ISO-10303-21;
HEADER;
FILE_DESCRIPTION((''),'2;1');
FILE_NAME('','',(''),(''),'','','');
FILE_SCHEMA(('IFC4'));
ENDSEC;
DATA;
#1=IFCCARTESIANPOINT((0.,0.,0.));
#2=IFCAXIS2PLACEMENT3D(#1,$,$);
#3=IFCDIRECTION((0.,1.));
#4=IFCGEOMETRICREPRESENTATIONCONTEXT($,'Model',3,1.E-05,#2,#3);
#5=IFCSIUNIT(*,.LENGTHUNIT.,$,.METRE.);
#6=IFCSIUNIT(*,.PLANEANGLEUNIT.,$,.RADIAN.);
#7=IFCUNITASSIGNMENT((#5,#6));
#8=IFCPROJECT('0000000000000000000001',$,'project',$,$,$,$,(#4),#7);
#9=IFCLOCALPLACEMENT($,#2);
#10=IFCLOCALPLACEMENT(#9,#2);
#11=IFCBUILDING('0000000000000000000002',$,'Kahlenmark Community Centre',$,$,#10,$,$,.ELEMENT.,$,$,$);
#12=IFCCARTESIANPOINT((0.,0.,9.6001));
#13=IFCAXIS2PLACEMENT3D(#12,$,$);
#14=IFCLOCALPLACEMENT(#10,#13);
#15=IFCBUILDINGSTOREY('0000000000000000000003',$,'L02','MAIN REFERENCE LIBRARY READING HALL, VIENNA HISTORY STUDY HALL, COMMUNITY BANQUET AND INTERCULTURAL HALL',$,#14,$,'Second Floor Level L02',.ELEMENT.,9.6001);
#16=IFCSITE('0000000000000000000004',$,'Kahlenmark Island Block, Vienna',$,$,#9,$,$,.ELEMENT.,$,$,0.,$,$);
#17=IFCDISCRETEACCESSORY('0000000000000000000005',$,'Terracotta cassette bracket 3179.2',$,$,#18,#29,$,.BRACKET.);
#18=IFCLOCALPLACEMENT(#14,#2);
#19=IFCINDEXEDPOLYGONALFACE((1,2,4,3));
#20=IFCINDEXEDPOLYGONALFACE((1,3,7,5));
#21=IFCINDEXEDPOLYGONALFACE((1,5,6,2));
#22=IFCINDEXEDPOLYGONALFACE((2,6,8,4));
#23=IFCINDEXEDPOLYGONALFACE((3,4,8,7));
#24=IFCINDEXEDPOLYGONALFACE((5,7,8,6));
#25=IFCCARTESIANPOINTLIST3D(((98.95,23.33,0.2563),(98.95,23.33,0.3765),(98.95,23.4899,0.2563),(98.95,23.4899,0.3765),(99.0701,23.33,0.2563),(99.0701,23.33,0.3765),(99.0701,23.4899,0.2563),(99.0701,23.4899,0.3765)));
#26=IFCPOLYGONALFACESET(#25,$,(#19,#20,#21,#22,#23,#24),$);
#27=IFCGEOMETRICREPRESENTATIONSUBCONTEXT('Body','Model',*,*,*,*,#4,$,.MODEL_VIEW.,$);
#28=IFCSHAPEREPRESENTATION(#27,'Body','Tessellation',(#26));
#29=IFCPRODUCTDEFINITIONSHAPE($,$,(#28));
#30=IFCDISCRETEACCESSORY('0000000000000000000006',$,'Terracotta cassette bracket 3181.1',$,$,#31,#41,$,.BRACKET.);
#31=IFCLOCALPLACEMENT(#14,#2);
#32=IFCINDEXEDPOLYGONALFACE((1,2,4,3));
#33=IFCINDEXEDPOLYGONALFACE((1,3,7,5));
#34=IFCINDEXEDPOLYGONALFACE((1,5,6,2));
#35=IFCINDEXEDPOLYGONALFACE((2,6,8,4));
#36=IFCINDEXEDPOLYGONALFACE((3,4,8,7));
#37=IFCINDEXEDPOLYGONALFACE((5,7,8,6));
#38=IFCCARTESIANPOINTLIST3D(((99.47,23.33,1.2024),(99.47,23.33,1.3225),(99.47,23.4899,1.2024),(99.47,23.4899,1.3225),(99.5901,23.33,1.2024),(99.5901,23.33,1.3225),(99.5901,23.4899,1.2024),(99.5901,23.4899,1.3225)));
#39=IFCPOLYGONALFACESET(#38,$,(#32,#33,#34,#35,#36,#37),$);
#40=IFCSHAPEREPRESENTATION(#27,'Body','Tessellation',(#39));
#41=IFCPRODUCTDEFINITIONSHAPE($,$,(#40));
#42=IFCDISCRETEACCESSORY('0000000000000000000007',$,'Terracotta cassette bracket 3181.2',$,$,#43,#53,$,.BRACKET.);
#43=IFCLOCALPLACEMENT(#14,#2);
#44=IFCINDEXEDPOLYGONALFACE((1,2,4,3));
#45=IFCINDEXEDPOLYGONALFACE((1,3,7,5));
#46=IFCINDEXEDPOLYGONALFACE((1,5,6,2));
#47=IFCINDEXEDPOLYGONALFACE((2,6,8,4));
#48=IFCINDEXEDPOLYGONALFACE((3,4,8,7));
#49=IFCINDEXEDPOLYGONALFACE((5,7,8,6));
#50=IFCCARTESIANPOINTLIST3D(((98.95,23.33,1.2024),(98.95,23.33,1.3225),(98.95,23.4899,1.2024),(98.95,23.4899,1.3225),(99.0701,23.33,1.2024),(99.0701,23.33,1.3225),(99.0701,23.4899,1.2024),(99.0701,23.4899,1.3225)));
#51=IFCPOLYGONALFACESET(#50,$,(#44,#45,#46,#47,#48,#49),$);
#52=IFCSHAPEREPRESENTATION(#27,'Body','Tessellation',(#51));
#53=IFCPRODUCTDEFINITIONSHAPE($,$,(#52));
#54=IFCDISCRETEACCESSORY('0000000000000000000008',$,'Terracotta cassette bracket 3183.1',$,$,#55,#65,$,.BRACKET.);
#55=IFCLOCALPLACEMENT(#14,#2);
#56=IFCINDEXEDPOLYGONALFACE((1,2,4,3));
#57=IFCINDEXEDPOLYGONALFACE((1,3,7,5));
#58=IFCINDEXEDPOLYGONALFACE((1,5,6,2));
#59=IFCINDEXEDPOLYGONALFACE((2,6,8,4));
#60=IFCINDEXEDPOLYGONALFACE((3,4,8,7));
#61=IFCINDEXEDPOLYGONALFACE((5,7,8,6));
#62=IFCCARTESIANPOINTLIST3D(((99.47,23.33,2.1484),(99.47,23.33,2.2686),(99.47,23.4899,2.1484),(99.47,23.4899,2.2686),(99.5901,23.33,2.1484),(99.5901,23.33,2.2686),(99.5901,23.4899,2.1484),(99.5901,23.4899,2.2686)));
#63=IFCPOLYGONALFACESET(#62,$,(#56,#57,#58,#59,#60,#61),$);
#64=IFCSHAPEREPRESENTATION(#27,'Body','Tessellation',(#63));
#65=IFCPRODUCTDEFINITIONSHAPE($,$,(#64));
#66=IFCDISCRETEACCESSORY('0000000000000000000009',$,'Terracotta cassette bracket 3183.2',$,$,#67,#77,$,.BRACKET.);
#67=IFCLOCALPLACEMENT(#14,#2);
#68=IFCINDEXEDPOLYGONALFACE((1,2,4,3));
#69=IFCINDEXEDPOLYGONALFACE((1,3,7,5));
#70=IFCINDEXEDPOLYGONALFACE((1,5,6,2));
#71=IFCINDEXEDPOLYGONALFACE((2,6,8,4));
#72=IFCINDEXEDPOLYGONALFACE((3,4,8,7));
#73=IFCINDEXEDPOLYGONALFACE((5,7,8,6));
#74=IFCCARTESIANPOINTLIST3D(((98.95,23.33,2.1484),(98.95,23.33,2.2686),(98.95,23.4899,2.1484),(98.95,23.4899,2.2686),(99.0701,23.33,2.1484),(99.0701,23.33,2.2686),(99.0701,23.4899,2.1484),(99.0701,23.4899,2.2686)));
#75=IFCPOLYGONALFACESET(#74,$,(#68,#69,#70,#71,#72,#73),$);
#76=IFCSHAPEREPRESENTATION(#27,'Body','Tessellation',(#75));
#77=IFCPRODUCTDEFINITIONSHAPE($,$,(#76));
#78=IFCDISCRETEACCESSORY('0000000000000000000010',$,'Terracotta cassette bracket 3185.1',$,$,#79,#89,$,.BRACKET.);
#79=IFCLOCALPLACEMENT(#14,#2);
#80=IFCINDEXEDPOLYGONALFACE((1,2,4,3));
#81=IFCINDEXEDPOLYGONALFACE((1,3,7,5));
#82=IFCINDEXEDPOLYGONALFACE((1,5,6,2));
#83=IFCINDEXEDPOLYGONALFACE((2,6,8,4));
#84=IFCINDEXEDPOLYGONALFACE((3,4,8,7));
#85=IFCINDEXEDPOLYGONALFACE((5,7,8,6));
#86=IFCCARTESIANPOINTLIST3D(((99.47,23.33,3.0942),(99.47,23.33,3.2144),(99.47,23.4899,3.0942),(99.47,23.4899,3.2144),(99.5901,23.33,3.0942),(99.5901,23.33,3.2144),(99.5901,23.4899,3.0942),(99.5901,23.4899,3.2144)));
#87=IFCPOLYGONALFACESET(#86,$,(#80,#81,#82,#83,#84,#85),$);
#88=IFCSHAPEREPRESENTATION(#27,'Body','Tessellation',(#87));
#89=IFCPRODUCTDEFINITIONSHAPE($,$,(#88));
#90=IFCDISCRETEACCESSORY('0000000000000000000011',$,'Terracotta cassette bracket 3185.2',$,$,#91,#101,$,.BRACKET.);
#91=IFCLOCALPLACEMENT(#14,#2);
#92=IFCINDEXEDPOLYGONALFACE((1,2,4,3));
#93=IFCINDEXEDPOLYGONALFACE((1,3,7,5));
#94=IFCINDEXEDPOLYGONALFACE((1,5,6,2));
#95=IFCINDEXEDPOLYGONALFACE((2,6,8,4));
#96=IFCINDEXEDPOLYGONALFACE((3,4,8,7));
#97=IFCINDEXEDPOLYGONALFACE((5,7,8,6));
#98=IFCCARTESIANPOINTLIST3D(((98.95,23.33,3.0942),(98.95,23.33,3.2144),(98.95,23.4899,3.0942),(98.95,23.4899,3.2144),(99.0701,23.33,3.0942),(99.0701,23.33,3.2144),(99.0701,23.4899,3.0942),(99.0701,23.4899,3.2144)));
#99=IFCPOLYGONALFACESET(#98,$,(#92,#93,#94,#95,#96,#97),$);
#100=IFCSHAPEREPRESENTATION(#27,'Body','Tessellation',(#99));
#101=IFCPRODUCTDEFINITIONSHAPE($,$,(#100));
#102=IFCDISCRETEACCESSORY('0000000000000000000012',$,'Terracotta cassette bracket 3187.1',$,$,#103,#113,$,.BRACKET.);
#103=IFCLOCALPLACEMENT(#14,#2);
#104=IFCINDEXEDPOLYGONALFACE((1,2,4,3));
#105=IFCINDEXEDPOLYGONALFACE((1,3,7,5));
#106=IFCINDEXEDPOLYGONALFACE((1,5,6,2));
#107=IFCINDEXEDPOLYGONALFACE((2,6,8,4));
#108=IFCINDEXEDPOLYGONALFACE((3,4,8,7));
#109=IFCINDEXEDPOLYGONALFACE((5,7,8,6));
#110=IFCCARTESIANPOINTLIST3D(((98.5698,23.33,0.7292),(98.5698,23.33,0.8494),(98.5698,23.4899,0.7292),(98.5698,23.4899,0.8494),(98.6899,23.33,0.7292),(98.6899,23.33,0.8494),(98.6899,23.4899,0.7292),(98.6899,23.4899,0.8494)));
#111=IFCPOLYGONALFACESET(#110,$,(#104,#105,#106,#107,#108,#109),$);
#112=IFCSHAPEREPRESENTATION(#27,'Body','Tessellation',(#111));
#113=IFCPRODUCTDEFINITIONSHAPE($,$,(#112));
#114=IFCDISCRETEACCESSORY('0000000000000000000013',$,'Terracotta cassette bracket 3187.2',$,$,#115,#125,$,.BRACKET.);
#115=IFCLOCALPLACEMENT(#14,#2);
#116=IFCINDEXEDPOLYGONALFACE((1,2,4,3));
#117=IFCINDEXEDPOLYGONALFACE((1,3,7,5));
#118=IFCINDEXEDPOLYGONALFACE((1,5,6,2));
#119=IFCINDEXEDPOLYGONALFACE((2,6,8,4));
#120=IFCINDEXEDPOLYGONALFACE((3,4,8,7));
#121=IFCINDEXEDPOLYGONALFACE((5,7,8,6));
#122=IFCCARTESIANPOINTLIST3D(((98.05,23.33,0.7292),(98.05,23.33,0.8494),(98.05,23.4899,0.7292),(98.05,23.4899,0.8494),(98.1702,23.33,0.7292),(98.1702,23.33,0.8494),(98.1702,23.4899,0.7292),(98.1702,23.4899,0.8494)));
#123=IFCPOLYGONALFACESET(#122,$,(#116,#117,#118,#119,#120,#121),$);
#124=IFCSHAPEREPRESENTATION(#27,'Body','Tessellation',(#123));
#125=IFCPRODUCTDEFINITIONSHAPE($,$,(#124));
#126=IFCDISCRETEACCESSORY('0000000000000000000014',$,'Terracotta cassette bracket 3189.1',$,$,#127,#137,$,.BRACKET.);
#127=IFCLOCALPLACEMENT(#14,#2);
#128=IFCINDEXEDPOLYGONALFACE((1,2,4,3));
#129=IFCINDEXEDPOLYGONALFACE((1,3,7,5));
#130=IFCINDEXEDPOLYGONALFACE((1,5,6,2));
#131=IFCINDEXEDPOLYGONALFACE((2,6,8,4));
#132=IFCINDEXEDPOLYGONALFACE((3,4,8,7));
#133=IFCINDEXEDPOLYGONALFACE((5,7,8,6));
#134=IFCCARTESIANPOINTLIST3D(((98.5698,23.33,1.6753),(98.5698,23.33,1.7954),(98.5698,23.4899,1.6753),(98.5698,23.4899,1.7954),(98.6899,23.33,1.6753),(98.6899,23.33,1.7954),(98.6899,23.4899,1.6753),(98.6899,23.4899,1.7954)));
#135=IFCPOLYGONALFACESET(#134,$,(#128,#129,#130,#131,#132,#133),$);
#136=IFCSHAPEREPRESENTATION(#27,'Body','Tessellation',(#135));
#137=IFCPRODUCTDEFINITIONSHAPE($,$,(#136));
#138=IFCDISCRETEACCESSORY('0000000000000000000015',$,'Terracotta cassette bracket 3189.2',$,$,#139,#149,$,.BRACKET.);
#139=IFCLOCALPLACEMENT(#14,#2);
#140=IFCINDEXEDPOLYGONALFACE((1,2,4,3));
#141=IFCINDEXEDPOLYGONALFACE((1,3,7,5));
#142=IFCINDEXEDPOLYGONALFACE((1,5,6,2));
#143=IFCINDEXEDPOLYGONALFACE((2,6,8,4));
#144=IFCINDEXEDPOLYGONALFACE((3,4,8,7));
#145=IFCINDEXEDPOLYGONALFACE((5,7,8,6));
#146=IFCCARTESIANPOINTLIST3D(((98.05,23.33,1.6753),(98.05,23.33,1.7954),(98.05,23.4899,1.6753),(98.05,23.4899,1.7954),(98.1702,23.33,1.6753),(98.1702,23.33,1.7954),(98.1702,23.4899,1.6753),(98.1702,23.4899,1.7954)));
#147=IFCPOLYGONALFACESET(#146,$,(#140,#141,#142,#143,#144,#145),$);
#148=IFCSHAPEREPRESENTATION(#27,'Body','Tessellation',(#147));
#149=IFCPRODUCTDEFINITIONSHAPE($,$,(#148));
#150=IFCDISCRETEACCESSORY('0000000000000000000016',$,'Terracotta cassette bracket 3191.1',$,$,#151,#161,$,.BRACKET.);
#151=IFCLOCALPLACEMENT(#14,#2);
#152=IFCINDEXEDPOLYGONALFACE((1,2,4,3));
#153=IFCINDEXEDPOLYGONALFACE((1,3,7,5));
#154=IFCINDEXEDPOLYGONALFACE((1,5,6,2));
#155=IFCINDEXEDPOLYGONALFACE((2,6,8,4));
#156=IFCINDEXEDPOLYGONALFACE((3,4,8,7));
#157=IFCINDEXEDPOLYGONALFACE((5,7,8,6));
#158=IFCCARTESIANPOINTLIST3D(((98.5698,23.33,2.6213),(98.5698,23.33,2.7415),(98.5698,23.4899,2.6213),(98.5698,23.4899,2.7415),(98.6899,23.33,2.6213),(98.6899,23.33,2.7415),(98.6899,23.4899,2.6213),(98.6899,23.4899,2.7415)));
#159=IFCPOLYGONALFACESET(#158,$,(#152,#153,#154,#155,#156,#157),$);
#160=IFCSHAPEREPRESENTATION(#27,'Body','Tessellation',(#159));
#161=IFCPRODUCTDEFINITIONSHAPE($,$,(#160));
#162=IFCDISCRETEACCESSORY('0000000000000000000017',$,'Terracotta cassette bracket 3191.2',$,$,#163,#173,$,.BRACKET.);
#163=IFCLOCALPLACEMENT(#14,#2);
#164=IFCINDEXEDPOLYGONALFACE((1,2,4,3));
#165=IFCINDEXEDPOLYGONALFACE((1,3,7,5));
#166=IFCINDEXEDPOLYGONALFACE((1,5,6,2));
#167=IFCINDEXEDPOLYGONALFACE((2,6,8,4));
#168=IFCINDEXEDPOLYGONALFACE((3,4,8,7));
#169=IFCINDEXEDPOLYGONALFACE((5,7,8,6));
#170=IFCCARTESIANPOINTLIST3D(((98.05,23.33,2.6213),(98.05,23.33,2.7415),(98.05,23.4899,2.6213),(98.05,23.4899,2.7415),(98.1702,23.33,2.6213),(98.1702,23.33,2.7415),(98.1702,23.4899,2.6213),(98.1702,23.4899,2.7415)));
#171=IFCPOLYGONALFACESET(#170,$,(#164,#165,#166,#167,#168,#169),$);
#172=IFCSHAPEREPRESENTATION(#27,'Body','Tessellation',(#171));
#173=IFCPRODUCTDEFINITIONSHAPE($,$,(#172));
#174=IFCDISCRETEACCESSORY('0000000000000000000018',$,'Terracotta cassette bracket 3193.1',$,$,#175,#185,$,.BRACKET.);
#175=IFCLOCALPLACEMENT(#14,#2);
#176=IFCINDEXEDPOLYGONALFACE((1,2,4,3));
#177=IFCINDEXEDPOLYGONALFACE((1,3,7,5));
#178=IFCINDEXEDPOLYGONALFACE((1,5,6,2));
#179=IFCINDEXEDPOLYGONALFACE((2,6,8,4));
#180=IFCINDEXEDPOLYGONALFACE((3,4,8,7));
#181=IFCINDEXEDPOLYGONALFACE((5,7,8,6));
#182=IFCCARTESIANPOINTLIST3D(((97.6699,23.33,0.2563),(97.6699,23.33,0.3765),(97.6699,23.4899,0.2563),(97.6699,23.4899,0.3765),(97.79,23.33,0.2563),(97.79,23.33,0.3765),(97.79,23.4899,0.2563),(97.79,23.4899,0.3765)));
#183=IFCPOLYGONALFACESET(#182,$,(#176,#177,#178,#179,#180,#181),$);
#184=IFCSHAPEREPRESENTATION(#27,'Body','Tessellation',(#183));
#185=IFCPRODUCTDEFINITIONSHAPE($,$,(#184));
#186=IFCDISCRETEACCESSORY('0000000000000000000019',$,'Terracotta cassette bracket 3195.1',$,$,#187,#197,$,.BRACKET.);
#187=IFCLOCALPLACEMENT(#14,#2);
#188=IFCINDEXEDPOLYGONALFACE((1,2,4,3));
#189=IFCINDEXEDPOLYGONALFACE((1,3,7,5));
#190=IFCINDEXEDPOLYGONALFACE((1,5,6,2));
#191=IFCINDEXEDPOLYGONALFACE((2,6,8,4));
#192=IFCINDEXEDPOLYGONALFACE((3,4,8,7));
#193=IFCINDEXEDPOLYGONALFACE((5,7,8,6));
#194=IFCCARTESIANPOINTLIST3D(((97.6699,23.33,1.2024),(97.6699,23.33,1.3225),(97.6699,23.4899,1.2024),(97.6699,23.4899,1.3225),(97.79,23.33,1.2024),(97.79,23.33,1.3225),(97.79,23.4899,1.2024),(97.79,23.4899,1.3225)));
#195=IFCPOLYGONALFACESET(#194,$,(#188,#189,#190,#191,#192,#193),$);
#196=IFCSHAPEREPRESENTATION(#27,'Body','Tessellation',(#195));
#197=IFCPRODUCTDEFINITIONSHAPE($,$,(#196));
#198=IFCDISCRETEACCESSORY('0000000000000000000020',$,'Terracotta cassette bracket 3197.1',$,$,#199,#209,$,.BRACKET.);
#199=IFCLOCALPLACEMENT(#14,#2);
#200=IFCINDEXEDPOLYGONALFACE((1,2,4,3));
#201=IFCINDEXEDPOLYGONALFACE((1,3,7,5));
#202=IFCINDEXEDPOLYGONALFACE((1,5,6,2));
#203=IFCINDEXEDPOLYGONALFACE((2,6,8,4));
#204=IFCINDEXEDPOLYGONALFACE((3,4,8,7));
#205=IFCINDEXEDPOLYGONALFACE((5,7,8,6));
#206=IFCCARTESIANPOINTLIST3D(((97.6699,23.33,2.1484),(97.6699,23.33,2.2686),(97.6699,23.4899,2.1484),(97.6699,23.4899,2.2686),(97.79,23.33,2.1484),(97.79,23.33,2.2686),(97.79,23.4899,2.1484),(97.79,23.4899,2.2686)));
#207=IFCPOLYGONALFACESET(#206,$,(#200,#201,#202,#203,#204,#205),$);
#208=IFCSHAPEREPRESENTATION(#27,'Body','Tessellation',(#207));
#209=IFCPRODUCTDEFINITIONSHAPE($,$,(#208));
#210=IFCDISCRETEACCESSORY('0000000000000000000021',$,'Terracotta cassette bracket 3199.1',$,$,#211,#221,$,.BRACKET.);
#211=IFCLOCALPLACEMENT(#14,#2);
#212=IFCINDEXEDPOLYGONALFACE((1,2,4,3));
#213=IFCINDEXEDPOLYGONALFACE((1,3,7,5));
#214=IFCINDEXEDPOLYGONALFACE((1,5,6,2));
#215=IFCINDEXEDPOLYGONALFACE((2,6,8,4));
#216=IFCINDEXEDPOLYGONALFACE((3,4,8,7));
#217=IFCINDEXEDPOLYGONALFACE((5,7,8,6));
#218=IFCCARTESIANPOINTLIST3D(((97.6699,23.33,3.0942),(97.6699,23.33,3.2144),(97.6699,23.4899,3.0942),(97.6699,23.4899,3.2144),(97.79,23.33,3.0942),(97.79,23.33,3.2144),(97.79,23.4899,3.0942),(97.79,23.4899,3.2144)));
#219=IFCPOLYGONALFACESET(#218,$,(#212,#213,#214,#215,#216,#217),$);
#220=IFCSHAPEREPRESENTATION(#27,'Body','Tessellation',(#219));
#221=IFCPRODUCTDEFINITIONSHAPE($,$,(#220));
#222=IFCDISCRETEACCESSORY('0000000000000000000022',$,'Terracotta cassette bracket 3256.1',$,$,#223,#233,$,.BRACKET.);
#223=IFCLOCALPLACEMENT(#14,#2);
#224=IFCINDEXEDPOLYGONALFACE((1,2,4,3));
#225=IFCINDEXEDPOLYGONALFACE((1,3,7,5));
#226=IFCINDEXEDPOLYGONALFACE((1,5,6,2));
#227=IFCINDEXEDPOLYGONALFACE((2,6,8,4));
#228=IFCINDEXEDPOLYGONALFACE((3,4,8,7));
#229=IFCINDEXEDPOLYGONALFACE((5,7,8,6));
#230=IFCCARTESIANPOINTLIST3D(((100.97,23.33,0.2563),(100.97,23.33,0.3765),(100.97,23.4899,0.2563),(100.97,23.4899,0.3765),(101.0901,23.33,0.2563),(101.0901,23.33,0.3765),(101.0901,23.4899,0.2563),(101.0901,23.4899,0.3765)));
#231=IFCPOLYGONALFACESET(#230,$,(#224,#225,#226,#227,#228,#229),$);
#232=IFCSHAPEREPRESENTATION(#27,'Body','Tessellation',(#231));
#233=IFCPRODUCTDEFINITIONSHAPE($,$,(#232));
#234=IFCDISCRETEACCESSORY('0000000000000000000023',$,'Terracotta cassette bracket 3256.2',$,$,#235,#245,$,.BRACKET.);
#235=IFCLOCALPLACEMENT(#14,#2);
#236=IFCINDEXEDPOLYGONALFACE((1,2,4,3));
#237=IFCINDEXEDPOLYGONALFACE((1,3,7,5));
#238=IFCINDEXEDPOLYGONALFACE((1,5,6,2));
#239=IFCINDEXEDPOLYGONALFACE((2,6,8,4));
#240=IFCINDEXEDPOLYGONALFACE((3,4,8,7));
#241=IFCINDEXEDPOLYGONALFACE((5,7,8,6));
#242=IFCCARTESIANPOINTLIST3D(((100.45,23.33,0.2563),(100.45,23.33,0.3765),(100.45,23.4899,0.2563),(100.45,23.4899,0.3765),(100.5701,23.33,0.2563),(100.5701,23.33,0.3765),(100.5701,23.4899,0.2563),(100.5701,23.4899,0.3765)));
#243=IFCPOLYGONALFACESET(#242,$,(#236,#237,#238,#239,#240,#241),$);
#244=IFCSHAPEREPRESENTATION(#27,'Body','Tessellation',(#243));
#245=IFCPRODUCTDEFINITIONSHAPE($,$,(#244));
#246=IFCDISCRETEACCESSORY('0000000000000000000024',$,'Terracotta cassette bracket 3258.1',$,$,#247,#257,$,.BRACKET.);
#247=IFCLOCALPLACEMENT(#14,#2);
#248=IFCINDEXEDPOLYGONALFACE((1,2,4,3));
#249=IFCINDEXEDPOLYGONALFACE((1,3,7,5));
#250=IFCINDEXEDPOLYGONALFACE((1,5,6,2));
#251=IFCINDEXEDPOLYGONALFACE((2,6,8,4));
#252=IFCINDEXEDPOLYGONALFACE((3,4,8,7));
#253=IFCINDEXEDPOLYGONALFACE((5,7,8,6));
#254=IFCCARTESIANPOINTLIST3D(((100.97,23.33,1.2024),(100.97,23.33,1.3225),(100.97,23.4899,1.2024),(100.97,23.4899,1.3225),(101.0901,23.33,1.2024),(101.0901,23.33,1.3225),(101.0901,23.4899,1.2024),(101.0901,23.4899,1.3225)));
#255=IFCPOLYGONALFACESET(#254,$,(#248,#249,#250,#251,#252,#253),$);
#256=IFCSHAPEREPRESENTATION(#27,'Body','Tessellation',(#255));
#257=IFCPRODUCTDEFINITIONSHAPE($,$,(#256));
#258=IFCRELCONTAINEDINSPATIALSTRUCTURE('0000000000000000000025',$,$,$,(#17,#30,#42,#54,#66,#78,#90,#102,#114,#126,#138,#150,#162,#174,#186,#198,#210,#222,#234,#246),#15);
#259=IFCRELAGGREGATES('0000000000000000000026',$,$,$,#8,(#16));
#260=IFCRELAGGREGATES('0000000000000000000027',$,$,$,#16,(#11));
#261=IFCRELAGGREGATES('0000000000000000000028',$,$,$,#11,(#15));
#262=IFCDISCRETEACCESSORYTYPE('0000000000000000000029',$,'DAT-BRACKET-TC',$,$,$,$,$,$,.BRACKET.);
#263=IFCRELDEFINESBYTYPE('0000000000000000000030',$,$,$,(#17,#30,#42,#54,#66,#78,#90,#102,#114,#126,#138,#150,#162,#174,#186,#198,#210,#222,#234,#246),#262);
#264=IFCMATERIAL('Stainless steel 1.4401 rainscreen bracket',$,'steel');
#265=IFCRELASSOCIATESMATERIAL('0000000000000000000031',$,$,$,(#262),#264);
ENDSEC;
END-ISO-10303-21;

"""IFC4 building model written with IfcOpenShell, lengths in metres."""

from ifc_helpers import new_model, si_unit, direction, frame, origin, origin_2d, place, context, subcontext, project, spatial, rectangle, extrude, material, type_object, element, save


model = new_model("IFC4")

# Units and contexts
model_context = context("Model", 3, precision=1e-05, world=origin(), true_north=direction((0.0, 1.0)))
body_context = subcontext(model_context, "Body", "Model", "MODEL_VIEW")
ifc_project = project(units=[si_unit("LENGTHUNIT", "METRE"), si_unit("PLANEANGLEUNIT", "RADIAN")], contexts=[model_context])

# Site, building, storey
site_placement = place(None, origin())
site = spatial("IfcSite", under=ifc_project, at=site_placement, Name="Kahlenmark Island Block, Vienna", CompositionType="ELEMENT", RefElevation=0.0)
building_placement = place(site_placement, origin())
building = spatial("IfcBuilding", under=site, at=building_placement, Name="Kahlenmark Community Centre", CompositionType="ELEMENT")
storey_placement = place(building_placement, frame((0.0, 0.0, 9.6001)))
storey = spatial("IfcBuildingStorey", under=building, at=storey_placement, Name="L02", Description="MAIN REFERENCE LIBRARY READING HALL, VIENNA HISTORY STUDY HALL, COMMUNITY BANQUET AND INTERCULTURAL HALL", LongName="Second Floor Level L02", CompositionType="ELEMENT", Elevation=9.6001)

# Discrete accessories
ifc_material_1 = material(Name="Stainless steel 1.4401 rainscreen bracket", Category="steel")
discrete_accessory_type = type_object("IfcDiscreteAccessoryType", Name="DAT-BRACKET-TC", PredefinedType="BRACKET", material=ifc_material_1)
for number, where, z_axis, x_axis, name in (
    (1, (99.01, 23.4099, 0.2563), (0.0, 0.0, 1.0), (-1.0, 0.0, 0.0), "Terracotta cassette bracket 3179.2"),
    (2, (99.53, 23.4099, 1.2024), (0.0, 0.0, 1.0), (-1.0, 0.0, 0.0), "Terracotta cassette bracket 3181.1"),
    (3, (99.01, 23.4099, 1.2024), (0.0, 0.0, 1.0), (-1.0, 0.0, 0.0), "Terracotta cassette bracket 3181.2"),
    (4, (99.53, 23.4099, 2.1484), (0.0, 0.0, 1.0), (-1.0, 0.0, 0.0), "Terracotta cassette bracket 3183.1"),
    (5, (99.01, 23.4099, 2.1484), (0.0, 0.0, 1.0), (-1.0, 0.0, 0.0), "Terracotta cassette bracket 3183.2"),
    (6, (99.53, 23.4099, 3.0942), (0.0, 0.0, 1.0), (-1.0, 0.0, 0.0), "Terracotta cassette bracket 3185.1"),
    (7, (99.01, 23.4099, 3.0942), (0.0, 0.0, 1.0), (-1.0, 0.0, 0.0), "Terracotta cassette bracket 3185.2"),
    (8, (98.6299, 23.4099, 0.7292), (0.0, 0.0, 1.0), (-1.0, 0.0, 0.0), "Terracotta cassette bracket 3187.1"),
    (9, (98.1101, 23.4099, 0.7292), (0.0, 0.0, 1.0), (-1.0, 0.0, 0.0), "Terracotta cassette bracket 3187.2"),
    (10, (98.6299, 23.4099, 1.6753), (0.0, 0.0, 1.0), (-1.0, 0.0, 0.0), "Terracotta cassette bracket 3189.1"),
    (11, (98.1101, 23.4099, 1.6753), (0.0, 0.0, 1.0), (-1.0, 0.0, 0.0), "Terracotta cassette bracket 3189.2"),
    (12, (98.6299, 23.4099, 2.6213), (0.0, 0.0, 1.0), (-1.0, 0.0, 0.0), "Terracotta cassette bracket 3191.1"),
    (13, (98.1101, 23.4099, 2.6213), (0.0, 0.0, 1.0), (-1.0, 0.0, 0.0), "Terracotta cassette bracket 3191.2"),
    (14, (97.73, 23.4099, 0.2563), (0.0, 0.0, 1.0), (-1.0, 0.0, 0.0), "Terracotta cassette bracket 3193.1"),
    (15, (97.73, 23.4099, 1.2024), (0.0, 0.0, 1.0), (-1.0, 0.0, 0.0), "Terracotta cassette bracket 3195.1"),
    (16, (97.73, 23.4099, 2.1484), (0.0, 0.0, 1.0), (-1.0, 0.0, 0.0), "Terracotta cassette bracket 3197.1"),
    (17, (97.73, 23.4099, 3.0942), (0.0, 0.0, 1.0), (-1.0, 0.0, 0.0), "Terracotta cassette bracket 3199.1"),
    (18, (101.03, 23.4099, 0.2563), (0.0, 0.0, 1.0), (-1.0, 0.0, 0.0), "Terracotta cassette bracket 3256.1"),
    (19, (100.51, 23.4099, 0.2563), (0.0, 0.0, 1.0), (-1.0, 0.0, 0.0), "Terracotta cassette bracket 3256.2"),
    (20, (101.03, 23.4099, 1.2024), (0.0, 0.0, 1.0), (-1.0, 0.0, 0.0), "Terracotta cassette bracket 3258.1"),
):
    element("IfcDiscreteAccessory", number, at=place(storey_placement, frame(where, z_axis=z_axis, x_axis=x_axis)), inside=storey, type_object=discrete_accessory_type, Name=name, PredefinedType="BRACKET", context=body_context, shape_type="SweptSolid", body=[
        extrude(rectangle(XDim=0.1201, YDim=0.1599, at=origin_2d()), origin(), (0.0, 0.0, 1.0), 0.1201),
    ])

save(model, "model.ifc")
